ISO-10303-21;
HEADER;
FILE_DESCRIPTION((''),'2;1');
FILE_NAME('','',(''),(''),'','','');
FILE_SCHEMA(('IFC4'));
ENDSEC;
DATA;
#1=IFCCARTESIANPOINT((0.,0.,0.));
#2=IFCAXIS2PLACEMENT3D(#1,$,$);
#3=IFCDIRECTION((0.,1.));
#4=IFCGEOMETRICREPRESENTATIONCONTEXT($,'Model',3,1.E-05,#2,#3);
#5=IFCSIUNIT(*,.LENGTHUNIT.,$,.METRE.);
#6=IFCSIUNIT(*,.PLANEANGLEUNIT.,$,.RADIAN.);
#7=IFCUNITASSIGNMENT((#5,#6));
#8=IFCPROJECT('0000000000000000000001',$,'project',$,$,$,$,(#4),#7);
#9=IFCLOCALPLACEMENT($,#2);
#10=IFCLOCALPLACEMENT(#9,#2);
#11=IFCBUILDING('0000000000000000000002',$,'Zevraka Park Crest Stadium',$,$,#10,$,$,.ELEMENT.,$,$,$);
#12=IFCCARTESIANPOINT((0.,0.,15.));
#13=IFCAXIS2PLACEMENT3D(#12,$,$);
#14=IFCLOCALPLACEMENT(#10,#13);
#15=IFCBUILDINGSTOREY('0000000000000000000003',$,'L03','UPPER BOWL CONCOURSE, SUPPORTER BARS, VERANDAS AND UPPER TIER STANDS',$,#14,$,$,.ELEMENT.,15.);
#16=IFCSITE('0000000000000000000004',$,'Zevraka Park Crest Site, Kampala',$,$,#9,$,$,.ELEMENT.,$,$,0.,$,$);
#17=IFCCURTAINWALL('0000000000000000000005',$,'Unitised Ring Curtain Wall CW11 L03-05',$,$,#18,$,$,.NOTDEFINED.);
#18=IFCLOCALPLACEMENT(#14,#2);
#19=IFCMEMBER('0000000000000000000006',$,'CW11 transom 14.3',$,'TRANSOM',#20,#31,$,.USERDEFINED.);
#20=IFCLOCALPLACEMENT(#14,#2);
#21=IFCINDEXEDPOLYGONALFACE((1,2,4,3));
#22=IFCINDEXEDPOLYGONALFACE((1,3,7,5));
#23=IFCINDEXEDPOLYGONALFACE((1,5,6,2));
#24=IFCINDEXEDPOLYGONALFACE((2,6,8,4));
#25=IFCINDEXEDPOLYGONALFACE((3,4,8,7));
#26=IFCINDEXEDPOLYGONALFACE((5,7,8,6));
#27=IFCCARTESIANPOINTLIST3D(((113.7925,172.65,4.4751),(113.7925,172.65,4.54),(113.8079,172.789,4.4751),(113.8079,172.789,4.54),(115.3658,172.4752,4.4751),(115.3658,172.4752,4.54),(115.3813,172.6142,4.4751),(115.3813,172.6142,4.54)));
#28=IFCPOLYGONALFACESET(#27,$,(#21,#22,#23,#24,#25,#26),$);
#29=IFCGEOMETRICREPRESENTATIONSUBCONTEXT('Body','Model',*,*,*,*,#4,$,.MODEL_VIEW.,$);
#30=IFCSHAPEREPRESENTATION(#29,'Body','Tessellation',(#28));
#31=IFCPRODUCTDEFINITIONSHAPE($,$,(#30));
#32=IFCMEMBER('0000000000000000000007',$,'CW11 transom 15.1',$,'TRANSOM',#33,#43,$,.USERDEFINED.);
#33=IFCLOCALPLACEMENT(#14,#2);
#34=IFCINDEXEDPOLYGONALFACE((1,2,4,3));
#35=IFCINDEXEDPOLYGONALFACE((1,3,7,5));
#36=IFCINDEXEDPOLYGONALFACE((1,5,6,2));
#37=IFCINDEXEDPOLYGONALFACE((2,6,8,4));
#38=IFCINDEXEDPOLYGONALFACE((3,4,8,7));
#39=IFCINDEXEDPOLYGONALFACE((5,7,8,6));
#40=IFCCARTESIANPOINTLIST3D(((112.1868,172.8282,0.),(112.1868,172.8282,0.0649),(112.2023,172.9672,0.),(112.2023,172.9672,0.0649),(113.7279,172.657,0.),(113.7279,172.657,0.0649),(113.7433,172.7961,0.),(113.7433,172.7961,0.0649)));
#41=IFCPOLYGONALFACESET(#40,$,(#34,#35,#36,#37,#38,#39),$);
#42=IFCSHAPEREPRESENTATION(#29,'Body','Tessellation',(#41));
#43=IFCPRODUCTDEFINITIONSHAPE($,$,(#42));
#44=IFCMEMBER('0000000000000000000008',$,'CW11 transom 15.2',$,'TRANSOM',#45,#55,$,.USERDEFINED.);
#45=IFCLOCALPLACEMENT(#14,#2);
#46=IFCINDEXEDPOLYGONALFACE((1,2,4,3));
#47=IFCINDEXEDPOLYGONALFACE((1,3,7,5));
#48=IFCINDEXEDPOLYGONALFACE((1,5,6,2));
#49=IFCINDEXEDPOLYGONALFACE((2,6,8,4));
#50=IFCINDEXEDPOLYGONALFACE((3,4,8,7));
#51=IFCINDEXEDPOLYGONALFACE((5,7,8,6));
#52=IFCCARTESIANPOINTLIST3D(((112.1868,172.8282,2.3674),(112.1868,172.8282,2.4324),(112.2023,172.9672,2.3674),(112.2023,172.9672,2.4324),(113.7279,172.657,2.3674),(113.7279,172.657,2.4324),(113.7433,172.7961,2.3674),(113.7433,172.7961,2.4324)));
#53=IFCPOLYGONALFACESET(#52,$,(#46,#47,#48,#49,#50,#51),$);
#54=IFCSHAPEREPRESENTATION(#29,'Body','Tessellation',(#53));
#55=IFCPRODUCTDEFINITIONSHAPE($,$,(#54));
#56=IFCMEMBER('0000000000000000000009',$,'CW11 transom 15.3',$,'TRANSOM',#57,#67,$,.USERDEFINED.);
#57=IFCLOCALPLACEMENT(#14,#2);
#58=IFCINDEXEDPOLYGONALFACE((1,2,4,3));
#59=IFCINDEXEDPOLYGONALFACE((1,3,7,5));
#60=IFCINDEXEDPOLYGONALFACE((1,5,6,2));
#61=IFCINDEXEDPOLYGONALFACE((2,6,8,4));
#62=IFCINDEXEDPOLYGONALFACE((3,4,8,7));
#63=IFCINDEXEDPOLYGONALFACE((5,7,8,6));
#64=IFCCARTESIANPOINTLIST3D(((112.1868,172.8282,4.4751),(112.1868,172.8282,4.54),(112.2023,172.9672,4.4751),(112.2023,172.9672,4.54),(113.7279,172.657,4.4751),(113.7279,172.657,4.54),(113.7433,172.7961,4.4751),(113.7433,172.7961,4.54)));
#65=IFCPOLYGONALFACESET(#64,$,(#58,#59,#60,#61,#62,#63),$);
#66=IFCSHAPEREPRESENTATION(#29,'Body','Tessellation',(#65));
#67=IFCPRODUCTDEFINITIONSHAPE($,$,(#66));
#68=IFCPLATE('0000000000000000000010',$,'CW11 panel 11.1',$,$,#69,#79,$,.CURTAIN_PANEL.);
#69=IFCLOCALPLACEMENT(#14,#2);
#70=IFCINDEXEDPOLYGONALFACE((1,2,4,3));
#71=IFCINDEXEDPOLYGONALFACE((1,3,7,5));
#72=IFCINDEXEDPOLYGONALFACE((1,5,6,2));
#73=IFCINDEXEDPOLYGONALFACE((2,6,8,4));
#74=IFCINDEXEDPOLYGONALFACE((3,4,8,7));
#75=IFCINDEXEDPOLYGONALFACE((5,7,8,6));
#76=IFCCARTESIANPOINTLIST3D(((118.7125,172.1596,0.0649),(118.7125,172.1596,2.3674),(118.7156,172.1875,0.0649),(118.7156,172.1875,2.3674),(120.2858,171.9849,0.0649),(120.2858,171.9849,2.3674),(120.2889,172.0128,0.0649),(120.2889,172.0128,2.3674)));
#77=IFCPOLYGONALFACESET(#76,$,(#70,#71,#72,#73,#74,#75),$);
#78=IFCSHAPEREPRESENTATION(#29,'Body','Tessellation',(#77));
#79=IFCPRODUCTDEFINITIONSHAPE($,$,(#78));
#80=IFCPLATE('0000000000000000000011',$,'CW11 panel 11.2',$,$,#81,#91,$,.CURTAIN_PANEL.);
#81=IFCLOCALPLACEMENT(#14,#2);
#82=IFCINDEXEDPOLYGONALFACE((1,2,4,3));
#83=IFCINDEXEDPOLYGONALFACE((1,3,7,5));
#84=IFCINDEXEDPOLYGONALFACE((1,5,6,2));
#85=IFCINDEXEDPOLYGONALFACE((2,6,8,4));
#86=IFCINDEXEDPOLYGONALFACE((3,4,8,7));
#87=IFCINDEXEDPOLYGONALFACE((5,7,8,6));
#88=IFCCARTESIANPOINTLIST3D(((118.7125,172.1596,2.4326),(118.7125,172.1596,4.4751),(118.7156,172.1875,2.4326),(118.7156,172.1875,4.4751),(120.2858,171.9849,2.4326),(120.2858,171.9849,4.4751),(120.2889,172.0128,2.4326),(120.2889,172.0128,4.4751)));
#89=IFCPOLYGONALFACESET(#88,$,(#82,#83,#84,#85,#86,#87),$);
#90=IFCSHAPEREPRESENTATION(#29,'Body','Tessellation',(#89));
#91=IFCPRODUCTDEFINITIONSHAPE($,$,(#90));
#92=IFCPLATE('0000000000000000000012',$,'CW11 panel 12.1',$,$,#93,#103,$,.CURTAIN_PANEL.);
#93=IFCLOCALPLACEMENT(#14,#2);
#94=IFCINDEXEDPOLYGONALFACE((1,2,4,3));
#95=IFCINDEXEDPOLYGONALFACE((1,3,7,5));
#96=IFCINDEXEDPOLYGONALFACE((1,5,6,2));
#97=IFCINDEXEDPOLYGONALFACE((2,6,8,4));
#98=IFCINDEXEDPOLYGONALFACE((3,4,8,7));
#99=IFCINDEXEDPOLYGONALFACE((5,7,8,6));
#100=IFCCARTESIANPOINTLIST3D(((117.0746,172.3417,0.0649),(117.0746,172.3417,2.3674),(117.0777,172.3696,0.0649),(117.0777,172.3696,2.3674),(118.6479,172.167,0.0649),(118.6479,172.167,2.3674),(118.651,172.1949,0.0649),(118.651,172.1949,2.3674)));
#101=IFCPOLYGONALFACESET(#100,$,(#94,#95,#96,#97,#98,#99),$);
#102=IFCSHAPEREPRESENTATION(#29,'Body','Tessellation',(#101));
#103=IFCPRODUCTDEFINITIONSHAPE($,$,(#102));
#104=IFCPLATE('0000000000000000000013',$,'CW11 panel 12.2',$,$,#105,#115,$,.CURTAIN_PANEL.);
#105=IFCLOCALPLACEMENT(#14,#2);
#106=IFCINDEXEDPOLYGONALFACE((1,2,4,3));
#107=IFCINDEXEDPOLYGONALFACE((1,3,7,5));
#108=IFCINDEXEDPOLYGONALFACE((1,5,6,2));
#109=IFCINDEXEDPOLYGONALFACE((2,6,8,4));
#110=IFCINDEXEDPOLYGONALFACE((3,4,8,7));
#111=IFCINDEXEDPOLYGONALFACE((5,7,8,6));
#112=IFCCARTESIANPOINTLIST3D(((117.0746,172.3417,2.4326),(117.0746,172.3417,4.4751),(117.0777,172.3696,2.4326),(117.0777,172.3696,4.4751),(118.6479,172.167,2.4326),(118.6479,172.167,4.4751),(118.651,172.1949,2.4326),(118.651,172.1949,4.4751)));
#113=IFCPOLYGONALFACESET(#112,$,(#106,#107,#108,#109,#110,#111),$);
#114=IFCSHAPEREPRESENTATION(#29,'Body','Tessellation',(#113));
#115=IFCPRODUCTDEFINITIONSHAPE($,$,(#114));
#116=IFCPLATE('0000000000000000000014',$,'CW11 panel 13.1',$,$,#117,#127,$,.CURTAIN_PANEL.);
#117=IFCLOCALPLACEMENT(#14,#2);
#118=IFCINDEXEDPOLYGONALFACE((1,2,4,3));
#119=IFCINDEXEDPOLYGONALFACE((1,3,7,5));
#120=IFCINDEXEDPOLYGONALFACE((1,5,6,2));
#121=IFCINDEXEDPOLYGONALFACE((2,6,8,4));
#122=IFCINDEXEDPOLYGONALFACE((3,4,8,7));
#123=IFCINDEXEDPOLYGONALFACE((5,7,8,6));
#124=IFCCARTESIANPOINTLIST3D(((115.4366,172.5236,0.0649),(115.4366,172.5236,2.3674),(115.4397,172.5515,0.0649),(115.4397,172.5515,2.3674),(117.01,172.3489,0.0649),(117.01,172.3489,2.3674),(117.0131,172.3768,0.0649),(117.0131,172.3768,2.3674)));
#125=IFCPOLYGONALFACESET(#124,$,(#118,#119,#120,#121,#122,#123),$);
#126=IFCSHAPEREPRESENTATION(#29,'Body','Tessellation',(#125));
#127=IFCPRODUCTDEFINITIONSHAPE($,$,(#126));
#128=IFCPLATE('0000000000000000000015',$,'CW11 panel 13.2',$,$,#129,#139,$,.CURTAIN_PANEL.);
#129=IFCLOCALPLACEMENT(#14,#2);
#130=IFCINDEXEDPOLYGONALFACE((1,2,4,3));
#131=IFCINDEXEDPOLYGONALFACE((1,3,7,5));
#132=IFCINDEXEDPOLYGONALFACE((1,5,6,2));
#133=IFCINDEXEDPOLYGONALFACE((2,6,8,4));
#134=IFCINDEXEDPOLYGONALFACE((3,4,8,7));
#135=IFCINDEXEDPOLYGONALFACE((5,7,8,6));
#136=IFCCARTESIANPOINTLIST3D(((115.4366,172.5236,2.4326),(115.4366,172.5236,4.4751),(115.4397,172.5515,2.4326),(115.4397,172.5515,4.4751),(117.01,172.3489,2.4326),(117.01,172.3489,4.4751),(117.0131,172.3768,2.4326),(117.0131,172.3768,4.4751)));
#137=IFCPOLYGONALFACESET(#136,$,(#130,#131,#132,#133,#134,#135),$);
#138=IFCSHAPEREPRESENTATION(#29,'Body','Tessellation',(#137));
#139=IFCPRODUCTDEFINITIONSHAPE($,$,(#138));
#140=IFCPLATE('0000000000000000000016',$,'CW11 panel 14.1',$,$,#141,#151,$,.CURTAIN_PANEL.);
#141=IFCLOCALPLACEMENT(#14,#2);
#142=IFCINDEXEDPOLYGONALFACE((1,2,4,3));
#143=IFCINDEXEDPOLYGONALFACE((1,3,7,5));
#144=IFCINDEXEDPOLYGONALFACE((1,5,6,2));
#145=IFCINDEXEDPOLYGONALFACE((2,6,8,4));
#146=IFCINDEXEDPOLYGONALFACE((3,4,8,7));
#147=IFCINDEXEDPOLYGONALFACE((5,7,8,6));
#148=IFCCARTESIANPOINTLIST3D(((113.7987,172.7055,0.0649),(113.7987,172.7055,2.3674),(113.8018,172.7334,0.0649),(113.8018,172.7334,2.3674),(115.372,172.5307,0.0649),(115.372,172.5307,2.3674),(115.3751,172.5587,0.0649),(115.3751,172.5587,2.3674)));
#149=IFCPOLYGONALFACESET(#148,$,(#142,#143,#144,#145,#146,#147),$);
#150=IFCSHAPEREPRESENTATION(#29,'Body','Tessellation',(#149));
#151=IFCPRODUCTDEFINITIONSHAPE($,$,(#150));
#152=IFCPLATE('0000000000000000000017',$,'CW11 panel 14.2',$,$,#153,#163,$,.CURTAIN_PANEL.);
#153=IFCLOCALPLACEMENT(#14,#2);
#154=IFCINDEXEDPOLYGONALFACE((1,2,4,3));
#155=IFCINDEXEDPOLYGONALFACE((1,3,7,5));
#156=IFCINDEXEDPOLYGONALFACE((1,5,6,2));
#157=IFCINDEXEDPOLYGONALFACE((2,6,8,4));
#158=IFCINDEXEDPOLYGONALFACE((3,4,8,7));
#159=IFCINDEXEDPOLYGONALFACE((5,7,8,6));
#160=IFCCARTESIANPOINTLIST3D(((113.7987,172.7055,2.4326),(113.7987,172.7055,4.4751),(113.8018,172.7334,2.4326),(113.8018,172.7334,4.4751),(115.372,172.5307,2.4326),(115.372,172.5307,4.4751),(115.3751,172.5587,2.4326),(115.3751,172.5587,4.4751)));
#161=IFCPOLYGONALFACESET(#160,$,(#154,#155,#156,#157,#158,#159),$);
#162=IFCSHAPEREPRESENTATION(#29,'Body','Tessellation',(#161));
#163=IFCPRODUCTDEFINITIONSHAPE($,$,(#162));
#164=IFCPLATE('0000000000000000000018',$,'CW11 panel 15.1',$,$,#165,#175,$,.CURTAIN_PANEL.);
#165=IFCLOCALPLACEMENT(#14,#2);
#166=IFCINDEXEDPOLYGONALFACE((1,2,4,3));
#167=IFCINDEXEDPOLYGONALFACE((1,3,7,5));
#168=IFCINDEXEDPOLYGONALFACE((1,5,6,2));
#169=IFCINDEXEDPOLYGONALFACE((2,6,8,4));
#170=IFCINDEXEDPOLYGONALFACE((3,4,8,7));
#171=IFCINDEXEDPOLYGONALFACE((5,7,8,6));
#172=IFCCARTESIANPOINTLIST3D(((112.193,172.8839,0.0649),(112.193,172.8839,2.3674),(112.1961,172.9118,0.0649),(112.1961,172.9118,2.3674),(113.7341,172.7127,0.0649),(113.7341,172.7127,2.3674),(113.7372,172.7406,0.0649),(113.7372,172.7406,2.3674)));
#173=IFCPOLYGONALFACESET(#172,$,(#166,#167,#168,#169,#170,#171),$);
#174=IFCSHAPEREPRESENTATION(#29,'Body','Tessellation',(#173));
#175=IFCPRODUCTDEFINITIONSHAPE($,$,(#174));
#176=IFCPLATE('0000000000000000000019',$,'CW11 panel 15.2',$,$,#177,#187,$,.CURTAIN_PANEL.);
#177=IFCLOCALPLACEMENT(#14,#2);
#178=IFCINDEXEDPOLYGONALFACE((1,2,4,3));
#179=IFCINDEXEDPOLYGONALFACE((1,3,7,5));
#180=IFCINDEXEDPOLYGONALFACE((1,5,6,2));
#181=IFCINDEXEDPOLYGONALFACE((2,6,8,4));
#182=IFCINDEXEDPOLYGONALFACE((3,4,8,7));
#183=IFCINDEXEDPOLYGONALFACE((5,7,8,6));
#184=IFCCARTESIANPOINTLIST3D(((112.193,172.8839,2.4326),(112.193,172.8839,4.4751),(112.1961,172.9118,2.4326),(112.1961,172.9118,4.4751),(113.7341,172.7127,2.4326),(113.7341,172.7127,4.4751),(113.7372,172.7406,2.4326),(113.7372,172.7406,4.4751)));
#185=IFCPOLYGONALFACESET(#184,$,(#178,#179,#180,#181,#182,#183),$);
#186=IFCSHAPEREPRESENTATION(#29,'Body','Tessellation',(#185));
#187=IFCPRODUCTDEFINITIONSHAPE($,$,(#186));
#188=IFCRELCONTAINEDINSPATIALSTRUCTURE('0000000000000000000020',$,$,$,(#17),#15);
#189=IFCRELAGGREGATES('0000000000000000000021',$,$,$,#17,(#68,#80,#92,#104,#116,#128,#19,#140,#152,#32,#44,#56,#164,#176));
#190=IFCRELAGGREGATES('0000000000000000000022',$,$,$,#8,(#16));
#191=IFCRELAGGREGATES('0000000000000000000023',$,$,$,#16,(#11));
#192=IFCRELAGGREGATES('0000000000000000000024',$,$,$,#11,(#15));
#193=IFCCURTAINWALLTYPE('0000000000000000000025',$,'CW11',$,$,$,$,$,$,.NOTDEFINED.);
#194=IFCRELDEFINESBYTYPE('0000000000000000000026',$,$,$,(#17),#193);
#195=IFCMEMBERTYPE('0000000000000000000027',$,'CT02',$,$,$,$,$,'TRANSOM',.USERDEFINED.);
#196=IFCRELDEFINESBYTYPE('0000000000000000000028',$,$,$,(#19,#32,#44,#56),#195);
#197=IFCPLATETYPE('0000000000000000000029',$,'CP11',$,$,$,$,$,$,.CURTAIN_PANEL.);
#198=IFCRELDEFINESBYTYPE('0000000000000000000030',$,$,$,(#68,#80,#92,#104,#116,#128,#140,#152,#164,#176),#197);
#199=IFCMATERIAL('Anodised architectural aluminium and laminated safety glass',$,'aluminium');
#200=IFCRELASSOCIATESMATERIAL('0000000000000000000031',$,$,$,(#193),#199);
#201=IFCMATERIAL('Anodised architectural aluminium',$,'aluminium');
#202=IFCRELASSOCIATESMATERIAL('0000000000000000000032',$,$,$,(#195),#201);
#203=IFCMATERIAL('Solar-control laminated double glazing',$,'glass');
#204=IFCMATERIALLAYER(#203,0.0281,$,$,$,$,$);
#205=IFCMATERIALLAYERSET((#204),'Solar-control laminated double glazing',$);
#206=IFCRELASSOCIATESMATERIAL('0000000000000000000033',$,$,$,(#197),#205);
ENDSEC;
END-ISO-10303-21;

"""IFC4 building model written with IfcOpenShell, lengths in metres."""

from ifc_helpers import new_model, si_unit, direction, frame, origin, origin_2d, place, context, subcontext, project, spatial, rectangle, extrude, material, layer, layer_set, material_profile, profile_set, type_object, element, aggregate, save


model = new_model("IFC4")

# Units and contexts
model_context = context("Model", 3, precision=1e-05, world=origin(), true_north=direction((0.0, 1.0)))
body_context = subcontext(model_context, "Body", "Model", "MODEL_VIEW")
ifc_project = project(units=[si_unit("LENGTHUNIT", "METRE"), si_unit("PLANEANGLEUNIT", "RADIAN")], contexts=[model_context])

# Site, building, storey
site_placement = place(None, origin())
site = spatial("IfcSite", under=ifc_project, at=site_placement, Name="Zevraka Park Crest Site, Kampala", CompositionType="ELEMENT", RefElevation=0.0)
building_placement = place(site_placement, origin())
building = spatial("IfcBuilding", under=site, at=building_placement, Name="Zevraka Park Crest Stadium", CompositionType="ELEMENT")
storey_placement = place(building_placement, frame((0.0, 0.0, 15.0)))
storey = spatial("IfcBuildingStorey", under=building, at=storey_placement, Name="L03", Description="UPPER BOWL CONCOURSE, SUPPORTER BARS, VERANDAS AND UPPER TIER STANDS", CompositionType="ELEMENT", Elevation=15.0)

# Curtain wall
ifc_material_1 = material(Name="Anodised architectural aluminium and laminated safety glass", Category="aluminium")
curtain_wall_type = type_object("IfcCurtainWallType", Name="CW11", PredefinedType="NOTDEFINED", material=ifc_material_1)
curtain_wall_1_placement = place(storey_placement, origin())
curtain_wall_1 = element("IfcCurtainWall", 1, at=curtain_wall_1_placement, inside=storey, type_object=curtain_wall_type, Name="Unitised Ring Curtain Wall CW11 L03-05", PredefinedType="NOTDEFINED")

# Members
ifc_material_2 = material(Name="Anodised architectural aluminium", Category="aluminium")
ifc_material_profile_1 = material_profile(ifc_material_2, rectangle(XDim=0.1399, YDim=0.0649, at=origin_2d()), Name="ALU TRANSOM 140x65")
ifc_profile_set_1 = profile_set([ifc_material_profile_1], Name="Anodised architectural aluminium")
member_type_1 = type_object("IfcMemberType", Name="CT02", ElementType="TRANSOM", PredefinedType="USERDEFINED", material=ifc_profile_set_1)
member_1_placement = place(storey_placement, frame((115.3735, 172.5447, 4.5076), z_axis=(-0.993884, 0.110432, 0.0), x_axis=(-0.110432, -0.993884, 0.0)))
member_1 = element("IfcMember", 2, at=member_1_placement, type_object=member_type_1, Name="CW11 transom 14.3", ObjectType="TRANSOM", PredefinedType="USERDEFINED", context=body_context, shape_type="SweptSolid", body=[
    extrude(rectangle(XDim=0.1399, YDim=0.0649, at=origin_2d()), origin(), (0.0, 0.0, 1.0), 1.583),
])
member_2_placement = place(storey_placement, frame((113.7356, 172.7266, 0.0325), z_axis=(-0.993889, 0.11038, 0.0), x_axis=(-0.11038, -0.993889, 0.0)))
member_2 = element("IfcMember", 3, at=member_2_placement, type_object=member_type_1, Name="CW11 transom 15.1", ObjectType="TRANSOM", PredefinedType="USERDEFINED", context=body_context, shape_type="SweptSolid", body=[
    extrude(rectangle(XDim=0.1399, YDim=0.0649, at=origin_2d()), origin(), (0.0, 0.0, 1.0), 1.5505),
])
member_3_placement = place(storey_placement, frame((113.7356, 172.7266, 2.3999), z_axis=(-0.993889, 0.11038, 0.0), x_axis=(-0.11038, -0.993889, 0.0)))
member_3 = element("IfcMember", 4, at=member_3_placement, type_object=member_type_1, Name="CW11 transom 15.2", ObjectType="TRANSOM", PredefinedType="USERDEFINED", context=body_context, shape_type="SweptSolid", body=[
    extrude(rectangle(XDim=0.1399, YDim=0.0649, at=origin_2d()), origin(), (0.0, 0.0, 1.0), 1.5505),
])
member_4_placement = place(storey_placement, frame((113.7356, 172.7266, 4.5076), z_axis=(-0.993889, 0.11038, 0.0), x_axis=(-0.11038, -0.993889, 0.0)))
member_4 = element("IfcMember", 5, at=member_4_placement, type_object=member_type_1, Name="CW11 transom 15.3", ObjectType="TRANSOM", PredefinedType="USERDEFINED", context=body_context, shape_type="SweptSolid", body=[
    extrude(rectangle(XDim=0.1399, YDim=0.0649, at=origin_2d()), origin(), (0.0, 0.0, 1.0), 1.5505),
])

# Plates
ifc_material_3 = material(Name="Solar-control laminated double glazing", Category="glass")
ifc_layer_1 = layer(ifc_material_3, 0.0281)
ifc_layer_set_1 = layer_set([ifc_layer_1], Name="Solar-control laminated double glazing")
plate_type = type_object("IfcPlateType", Name="CP11", PredefinedType="CURTAIN_PANEL", material=ifc_layer_set_1)
plate_1_placement = place(storey_placement, frame((119.5007, 172.0862, 0.0649), z_axis=(0.0, 0.0, 1.0), x_axis=(-0.993888, 0.110396, 0.0)))
plate_1 = element("IfcPlate", 6, at=plate_1_placement, type_object=plate_type, Name="CW11 panel 11.1", PredefinedType="CURTAIN_PANEL", context=body_context, shape_type="SweptSolid", body=[
    extrude(rectangle(XDim=1.583, YDim=0.0281, at=origin_2d()), origin(), (0.0, 0.0, 1.0), 2.3025),
])
plate_2_placement = place(storey_placement, frame((119.5007, 172.0862, 2.4326), z_axis=(0.0, 0.0, 1.0), x_axis=(-0.993888, 0.110396, 0.0)))
plate_2 = element("IfcPlate", 7, at=plate_2_placement, type_object=plate_type, Name="CW11 panel 11.2", PredefinedType="CURTAIN_PANEL", context=body_context, shape_type="SweptSolid", body=[
    extrude(rectangle(XDim=1.583, YDim=0.0281, at=origin_2d()), origin(), (0.0, 0.0, 1.0), 2.0425),
])
plate_3_placement = place(storey_placement, frame((117.8628, 172.2683, 0.0649), z_axis=(0.0, 0.0, 1.0), x_axis=(-0.993888, 0.110396, 0.0)))
plate_3 = element("IfcPlate", 8, at=plate_3_placement, type_object=plate_type, Name="CW11 panel 12.1", PredefinedType="CURTAIN_PANEL", context=body_context, shape_type="SweptSolid", body=[
    extrude(rectangle(XDim=1.583, YDim=0.0281, at=origin_2d()), origin(), (0.0, 0.0, 1.0), 2.3025),
])
plate_4_placement = place(storey_placement, frame((117.8628, 172.2683, 2.4326), z_axis=(0.0, 0.0, 1.0), x_axis=(-0.993888, 0.110396, 0.0)))
plate_4 = element("IfcPlate", 9, at=plate_4_placement, type_object=plate_type, Name="CW11 panel 12.2", PredefinedType="CURTAIN_PANEL", context=body_context, shape_type="SweptSolid", body=[
    extrude(rectangle(XDim=1.583, YDim=0.0281, at=origin_2d()), origin(), (0.0, 0.0, 1.0), 2.0425),
])
plate_5_placement = place(storey_placement, frame((116.2249, 172.4502, 0.0649), z_axis=(0.0, 0.0, 1.0), x_axis=(-0.993888, 0.110396, 0.0)))
plate_5 = element("IfcPlate", 10, at=plate_5_placement, type_object=plate_type, Name="CW11 panel 13.1", PredefinedType="CURTAIN_PANEL", context=body_context, shape_type="SweptSolid", body=[
    extrude(rectangle(XDim=1.583, YDim=0.0281, at=origin_2d()), origin(), (0.0, 0.0, 1.0), 2.3025),
])
plate_6_placement = place(storey_placement, frame((116.2249, 172.4502, 2.4326), z_axis=(0.0, 0.0, 1.0), x_axis=(-0.993888, 0.110396, 0.0)))
plate_6 = element("IfcPlate", 11, at=plate_6_placement, type_object=plate_type, Name="CW11 panel 13.2", PredefinedType="CURTAIN_PANEL", context=body_context, shape_type="SweptSolid", body=[
    extrude(rectangle(XDim=1.583, YDim=0.0281, at=origin_2d()), origin(), (0.0, 0.0, 1.0), 2.0425),
])
plate_7_placement = place(storey_placement, frame((114.5869, 172.6321, 0.0649), z_axis=(0.0, 0.0, 1.0), x_axis=(-0.993888, 0.110396, 0.0)))
plate_7 = element("IfcPlate", 12, at=plate_7_placement, type_object=plate_type, Name="CW11 panel 14.1", PredefinedType="CURTAIN_PANEL", context=body_context, shape_type="SweptSolid", body=[
    extrude(rectangle(XDim=1.583, YDim=0.0281, at=origin_2d()), origin(), (0.0, 0.0, 1.0), 2.3025),
])
plate_8_placement = place(storey_placement, frame((114.5869, 172.6321, 2.4326), z_axis=(0.0, 0.0, 1.0), x_axis=(-0.993888, 0.110396, 0.0)))
plate_8 = element("IfcPlate", 13, at=plate_8_placement, type_object=plate_type, Name="CW11 panel 14.2", PredefinedType="CURTAIN_PANEL", context=body_context, shape_type="SweptSolid", body=[
    extrude(rectangle(XDim=1.583, YDim=0.0281, at=origin_2d()), origin(), (0.0, 0.0, 1.0), 2.0425),
])
plate_9_placement = place(storey_placement, frame((112.9651, 172.8123, 0.0649), z_axis=(0.0, 0.0, 1.0), x_axis=(-0.993888, 0.110396, 0.0)))
plate_9 = element("IfcPlate", 14, at=plate_9_placement, type_object=plate_type, Name="CW11 panel 15.1", PredefinedType="CURTAIN_PANEL", context=body_context, shape_type="SweptSolid", body=[
    extrude(rectangle(XDim=1.5505, YDim=0.0281, at=origin_2d()), origin(), (0.0, 0.0, 1.0), 2.3025),
])
plate_10_placement = place(storey_placement, frame((112.9651, 172.8123, 2.4326), z_axis=(0.0, 0.0, 1.0), x_axis=(-0.993888, 0.110396, 0.0)))
plate_10 = element("IfcPlate", 15, at=plate_10_placement, type_object=plate_type, Name="CW11 panel 15.2", PredefinedType="CURTAIN_PANEL", context=body_context, shape_type="SweptSolid", body=[
    extrude(rectangle(XDim=1.5505, YDim=0.0281, at=origin_2d()), origin(), (0.0, 0.0, 1.0), 2.0425),
])
aggregate(curtain_wall_1, [plate_1, plate_2, plate_3, plate_4, plate_5, plate_6, member_1, plate_7, plate_8, member_2, member_3, member_4, plate_9, plate_10])

save(model, "model.ifc")
